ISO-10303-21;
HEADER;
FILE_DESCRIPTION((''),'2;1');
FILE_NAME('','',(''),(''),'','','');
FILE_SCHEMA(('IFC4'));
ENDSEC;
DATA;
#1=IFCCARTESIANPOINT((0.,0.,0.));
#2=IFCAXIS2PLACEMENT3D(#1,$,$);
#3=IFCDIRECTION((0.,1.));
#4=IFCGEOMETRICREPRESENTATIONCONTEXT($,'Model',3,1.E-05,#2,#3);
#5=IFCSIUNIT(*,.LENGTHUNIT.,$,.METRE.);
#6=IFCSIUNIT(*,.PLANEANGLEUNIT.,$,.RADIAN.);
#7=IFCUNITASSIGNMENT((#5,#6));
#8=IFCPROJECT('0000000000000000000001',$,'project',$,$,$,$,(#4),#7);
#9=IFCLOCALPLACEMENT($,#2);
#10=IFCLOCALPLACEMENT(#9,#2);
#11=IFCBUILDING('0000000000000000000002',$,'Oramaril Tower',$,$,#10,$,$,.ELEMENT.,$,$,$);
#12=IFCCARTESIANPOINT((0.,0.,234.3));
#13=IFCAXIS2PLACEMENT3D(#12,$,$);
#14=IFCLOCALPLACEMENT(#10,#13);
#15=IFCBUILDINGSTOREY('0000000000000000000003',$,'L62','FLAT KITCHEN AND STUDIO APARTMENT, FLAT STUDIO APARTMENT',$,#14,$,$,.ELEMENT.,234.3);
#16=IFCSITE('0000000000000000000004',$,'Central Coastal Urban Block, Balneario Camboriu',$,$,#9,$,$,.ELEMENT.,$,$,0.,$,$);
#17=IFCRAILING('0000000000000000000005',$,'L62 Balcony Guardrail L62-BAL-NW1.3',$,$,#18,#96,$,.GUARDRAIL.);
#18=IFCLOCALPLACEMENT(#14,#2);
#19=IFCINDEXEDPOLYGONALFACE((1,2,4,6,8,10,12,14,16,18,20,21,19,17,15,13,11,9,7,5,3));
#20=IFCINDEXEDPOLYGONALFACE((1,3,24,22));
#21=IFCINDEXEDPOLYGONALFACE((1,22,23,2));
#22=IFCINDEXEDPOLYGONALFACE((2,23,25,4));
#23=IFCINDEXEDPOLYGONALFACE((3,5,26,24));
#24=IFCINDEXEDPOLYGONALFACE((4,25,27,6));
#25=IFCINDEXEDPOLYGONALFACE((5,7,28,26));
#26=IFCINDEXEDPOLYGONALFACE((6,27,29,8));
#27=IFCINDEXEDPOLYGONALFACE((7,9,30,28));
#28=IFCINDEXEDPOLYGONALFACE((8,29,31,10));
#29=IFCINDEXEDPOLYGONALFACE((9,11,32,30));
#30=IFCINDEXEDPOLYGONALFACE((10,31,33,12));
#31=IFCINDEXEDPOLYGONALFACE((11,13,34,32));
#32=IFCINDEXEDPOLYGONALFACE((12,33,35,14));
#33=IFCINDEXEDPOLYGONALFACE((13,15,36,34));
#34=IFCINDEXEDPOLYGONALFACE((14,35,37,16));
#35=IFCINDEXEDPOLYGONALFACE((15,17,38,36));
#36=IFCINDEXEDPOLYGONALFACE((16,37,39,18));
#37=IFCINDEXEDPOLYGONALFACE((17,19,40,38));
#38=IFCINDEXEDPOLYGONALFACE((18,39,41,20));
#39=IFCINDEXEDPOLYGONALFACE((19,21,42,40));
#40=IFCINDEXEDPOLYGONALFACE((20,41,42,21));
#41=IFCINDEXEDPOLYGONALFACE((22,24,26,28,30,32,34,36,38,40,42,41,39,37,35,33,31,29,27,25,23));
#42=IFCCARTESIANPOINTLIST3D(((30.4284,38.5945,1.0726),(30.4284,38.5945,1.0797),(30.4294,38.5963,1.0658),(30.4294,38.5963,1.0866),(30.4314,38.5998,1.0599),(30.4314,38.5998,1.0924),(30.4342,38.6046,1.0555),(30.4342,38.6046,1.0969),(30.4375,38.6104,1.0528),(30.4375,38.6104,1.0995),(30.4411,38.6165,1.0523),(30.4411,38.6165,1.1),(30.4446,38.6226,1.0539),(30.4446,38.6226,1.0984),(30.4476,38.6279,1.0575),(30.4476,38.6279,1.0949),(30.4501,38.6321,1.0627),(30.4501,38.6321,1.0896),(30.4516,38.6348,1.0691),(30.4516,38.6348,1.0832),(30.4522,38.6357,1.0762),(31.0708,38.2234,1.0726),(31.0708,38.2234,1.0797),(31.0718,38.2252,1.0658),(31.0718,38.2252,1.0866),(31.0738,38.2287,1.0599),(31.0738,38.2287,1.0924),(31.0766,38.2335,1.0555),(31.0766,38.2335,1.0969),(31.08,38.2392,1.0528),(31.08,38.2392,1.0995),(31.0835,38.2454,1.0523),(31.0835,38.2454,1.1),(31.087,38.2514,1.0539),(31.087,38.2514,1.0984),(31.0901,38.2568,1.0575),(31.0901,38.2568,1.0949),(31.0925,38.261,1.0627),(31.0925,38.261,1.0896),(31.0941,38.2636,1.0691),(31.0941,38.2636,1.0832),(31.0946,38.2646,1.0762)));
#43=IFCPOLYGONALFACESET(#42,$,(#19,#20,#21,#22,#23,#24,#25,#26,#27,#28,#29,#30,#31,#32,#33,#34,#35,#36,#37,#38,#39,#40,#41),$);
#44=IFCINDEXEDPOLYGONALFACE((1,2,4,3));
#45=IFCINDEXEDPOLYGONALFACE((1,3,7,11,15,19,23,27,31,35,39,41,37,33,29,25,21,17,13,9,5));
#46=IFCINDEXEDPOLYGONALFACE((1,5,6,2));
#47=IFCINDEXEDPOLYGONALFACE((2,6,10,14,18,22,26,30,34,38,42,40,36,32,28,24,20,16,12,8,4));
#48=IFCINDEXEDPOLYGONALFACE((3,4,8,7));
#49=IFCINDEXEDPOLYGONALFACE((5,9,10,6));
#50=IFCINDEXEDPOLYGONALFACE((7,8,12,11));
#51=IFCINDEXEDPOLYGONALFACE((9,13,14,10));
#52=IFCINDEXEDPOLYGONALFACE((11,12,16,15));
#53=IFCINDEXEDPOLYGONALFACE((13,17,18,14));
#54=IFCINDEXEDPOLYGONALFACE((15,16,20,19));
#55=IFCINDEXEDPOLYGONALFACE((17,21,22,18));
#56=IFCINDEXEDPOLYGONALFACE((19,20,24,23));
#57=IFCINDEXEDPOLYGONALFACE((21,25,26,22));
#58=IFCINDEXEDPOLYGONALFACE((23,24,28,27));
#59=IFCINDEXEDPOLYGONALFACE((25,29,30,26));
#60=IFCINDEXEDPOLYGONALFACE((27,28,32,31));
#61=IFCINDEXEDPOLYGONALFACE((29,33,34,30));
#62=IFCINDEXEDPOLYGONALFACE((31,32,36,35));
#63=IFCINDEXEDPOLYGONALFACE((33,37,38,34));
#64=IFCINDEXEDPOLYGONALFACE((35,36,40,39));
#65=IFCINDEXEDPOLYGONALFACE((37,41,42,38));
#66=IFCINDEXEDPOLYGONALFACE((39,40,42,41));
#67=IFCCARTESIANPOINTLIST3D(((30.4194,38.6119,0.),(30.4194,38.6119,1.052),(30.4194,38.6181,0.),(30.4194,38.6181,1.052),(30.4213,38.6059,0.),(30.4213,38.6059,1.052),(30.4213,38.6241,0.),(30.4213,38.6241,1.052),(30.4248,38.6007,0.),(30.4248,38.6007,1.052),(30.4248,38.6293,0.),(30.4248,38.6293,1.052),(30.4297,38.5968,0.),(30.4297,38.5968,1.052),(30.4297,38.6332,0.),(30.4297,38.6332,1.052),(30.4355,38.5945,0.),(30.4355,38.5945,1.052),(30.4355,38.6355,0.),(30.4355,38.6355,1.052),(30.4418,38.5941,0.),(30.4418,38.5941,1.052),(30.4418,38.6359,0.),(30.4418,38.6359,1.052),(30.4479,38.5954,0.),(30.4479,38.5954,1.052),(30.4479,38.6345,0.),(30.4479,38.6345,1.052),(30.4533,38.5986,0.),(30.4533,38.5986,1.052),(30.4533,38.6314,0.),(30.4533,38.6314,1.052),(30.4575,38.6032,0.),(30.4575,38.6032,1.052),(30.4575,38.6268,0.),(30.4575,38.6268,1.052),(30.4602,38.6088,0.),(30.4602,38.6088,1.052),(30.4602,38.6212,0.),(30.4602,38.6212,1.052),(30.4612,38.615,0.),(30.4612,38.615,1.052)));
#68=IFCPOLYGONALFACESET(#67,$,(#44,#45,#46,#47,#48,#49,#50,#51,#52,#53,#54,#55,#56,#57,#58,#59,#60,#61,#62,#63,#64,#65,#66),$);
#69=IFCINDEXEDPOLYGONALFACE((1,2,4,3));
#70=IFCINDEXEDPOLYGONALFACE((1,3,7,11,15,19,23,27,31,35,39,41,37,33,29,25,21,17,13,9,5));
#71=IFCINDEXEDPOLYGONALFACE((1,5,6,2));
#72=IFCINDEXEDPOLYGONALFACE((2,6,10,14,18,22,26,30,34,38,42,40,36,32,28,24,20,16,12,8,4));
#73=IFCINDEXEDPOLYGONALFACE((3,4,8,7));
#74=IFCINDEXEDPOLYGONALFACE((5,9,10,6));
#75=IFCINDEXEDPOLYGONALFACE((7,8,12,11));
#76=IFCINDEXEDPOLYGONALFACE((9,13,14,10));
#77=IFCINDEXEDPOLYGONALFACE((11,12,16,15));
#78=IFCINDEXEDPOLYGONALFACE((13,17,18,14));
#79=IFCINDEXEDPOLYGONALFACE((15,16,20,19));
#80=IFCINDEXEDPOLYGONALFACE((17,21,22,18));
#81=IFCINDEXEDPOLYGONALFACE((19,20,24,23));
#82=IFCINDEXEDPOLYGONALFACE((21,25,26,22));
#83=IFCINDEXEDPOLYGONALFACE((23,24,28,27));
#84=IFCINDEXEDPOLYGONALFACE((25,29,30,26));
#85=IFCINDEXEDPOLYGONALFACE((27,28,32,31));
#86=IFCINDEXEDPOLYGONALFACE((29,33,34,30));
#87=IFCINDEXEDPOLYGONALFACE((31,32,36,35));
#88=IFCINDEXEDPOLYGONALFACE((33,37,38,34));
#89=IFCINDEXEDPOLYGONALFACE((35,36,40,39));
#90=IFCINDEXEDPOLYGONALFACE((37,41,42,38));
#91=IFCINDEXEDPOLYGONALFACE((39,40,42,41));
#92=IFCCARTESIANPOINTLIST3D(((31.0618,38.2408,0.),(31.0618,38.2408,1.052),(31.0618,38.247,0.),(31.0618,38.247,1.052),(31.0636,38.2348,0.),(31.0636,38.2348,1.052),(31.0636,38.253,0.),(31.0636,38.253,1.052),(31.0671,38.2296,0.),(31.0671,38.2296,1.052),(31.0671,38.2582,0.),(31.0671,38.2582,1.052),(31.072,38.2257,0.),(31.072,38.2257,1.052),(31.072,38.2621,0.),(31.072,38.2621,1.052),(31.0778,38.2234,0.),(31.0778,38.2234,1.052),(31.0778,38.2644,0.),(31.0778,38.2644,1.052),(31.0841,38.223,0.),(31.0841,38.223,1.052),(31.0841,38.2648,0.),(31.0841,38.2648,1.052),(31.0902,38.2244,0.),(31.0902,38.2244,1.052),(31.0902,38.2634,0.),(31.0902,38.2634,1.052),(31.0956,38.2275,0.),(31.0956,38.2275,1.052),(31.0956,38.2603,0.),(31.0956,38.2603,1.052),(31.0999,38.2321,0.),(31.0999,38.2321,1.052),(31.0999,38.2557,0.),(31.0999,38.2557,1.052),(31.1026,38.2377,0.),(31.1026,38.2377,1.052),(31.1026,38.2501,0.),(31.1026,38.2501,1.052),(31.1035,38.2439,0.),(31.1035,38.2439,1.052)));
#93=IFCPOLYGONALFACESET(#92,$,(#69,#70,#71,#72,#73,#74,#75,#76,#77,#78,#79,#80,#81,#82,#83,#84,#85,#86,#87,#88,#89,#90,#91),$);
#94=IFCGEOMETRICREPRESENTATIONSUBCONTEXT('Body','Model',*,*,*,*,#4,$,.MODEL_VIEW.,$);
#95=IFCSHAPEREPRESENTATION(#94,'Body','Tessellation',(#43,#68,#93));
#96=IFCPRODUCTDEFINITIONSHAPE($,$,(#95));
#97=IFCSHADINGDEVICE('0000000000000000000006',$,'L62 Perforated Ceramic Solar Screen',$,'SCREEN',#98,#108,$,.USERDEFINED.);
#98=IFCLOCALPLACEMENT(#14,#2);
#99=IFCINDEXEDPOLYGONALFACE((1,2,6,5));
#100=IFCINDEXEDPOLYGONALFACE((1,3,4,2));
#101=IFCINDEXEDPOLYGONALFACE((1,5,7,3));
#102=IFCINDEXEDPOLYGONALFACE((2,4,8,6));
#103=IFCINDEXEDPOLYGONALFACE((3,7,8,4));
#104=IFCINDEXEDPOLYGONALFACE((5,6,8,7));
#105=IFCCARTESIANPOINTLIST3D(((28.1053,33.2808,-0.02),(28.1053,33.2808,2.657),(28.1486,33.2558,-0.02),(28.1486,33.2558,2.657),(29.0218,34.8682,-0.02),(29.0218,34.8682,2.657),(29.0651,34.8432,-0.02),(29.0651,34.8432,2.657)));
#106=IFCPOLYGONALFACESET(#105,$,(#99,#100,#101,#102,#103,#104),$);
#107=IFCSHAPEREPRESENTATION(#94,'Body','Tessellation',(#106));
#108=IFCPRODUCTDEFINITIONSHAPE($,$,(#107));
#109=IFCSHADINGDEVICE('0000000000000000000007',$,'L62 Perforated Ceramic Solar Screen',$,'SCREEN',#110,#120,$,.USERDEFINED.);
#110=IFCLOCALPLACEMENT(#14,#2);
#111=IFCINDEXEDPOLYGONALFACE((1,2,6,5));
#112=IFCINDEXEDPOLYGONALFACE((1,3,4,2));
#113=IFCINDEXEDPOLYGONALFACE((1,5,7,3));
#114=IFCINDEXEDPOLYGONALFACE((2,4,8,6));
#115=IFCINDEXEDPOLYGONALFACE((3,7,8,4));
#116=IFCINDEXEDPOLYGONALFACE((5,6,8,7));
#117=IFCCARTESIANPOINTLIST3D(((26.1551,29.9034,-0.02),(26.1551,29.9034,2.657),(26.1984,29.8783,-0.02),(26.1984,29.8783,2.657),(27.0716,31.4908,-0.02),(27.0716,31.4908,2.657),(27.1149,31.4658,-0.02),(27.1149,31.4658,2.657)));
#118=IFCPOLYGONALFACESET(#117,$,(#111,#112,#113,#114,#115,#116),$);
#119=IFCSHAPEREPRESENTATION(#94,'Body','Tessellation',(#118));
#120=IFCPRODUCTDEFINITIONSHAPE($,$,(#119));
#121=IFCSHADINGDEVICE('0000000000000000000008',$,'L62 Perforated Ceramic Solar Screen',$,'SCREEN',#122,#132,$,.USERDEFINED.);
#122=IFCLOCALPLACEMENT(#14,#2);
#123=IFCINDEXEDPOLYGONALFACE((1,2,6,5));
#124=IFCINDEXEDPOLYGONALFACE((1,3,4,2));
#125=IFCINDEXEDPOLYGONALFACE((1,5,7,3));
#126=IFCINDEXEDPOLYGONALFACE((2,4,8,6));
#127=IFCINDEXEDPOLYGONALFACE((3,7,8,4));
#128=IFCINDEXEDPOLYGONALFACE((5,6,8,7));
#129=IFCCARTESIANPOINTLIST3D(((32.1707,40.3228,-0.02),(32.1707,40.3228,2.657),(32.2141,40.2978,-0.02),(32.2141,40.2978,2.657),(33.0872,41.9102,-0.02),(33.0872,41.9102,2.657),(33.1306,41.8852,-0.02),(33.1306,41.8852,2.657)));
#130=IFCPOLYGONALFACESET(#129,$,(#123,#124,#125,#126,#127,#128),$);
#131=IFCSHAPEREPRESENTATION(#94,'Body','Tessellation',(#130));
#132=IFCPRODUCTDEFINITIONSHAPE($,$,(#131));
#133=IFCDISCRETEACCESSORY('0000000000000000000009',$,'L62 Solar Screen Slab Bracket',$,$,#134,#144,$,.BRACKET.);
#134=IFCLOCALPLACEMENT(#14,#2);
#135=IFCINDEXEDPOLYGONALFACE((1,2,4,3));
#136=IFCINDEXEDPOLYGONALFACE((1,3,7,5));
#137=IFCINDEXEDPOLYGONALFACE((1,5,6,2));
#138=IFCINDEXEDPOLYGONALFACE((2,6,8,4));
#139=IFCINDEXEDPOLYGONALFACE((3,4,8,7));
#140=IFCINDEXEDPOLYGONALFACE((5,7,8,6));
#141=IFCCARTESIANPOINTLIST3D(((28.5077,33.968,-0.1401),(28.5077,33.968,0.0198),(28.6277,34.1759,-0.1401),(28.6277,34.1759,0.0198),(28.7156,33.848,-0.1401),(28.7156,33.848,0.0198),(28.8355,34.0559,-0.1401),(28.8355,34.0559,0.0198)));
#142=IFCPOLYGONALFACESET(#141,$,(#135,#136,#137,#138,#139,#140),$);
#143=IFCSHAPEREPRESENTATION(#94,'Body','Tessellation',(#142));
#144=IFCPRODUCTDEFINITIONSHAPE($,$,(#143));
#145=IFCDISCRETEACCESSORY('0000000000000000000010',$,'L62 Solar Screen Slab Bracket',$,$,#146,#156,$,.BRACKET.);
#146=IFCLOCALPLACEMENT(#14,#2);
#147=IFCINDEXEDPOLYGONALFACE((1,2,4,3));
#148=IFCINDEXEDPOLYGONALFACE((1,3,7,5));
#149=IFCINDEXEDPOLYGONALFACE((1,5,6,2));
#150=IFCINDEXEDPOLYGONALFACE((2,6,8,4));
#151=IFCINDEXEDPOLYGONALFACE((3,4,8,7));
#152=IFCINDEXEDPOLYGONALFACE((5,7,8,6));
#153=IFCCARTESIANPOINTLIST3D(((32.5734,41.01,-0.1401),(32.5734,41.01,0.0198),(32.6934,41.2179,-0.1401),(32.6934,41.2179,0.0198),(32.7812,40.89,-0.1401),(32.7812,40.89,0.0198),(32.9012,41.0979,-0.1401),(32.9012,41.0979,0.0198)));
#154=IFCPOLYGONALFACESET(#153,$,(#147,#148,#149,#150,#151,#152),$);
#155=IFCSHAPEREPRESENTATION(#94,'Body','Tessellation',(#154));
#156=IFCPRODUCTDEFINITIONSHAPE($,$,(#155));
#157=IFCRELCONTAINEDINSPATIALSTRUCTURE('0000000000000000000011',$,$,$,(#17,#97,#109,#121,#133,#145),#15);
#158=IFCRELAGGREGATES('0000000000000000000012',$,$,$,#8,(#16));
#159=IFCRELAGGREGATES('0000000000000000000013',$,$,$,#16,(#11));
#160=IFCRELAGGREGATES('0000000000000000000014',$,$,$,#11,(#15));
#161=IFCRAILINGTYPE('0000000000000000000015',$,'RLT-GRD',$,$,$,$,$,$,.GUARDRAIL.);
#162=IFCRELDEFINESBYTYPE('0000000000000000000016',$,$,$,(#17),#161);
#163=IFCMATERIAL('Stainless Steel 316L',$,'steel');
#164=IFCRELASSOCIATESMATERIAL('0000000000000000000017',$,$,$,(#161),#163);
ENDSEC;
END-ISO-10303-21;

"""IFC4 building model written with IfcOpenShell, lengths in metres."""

from ifc_helpers import new_model, si_unit, direction, frame, origin, origin_2d, place, context, subcontext, project, spatial, rectangle, circle, extrude, material, type_object, element, save


model = new_model("IFC4")

# Units and contexts
model_context = context("Model", 3, precision=1e-05, world=origin(), true_north=direction((0.0, 1.0)))
body_context = subcontext(model_context, "Body", "Model", "MODEL_VIEW")
ifc_project = project(units=[si_unit("LENGTHUNIT", "METRE"), si_unit("PLANEANGLEUNIT", "RADIAN")], contexts=[model_context])

# Site, building, storey
site_placement = place(None, origin())
site = spatial("IfcSite", under=ifc_project, at=site_placement, Name="Central Coastal Urban Block, Balneario Camboriu", CompositionType="ELEMENT", RefElevation=0.0)
building_placement = place(site_placement, origin())
building = spatial("IfcBuilding", under=site, at=building_placement, Name="Oramaril Tower", CompositionType="ELEMENT")
storey_placement = place(building_placement, frame((0.0, 0.0, 234.3)))
storey = spatial("IfcBuildingStorey", under=building, at=storey_placement, Name="L62", Description="FLAT KITCHEN AND STUDIO APARTMENT, FLAT STUDIO APARTMENT", CompositionType="ELEMENT", Elevation=234.3)

# Railing
ifc_material_1 = material(Name="Stainless Steel 316L", Category="steel")
railing_type = type_object("IfcRailingType", Name="RLT-GRD", PredefinedType="GUARDRAIL", material=ifc_material_1)
railing_1_placement = place(storey_placement, frame((30.4402, 38.615, 0.0)))
element("IfcRailing", 1, at=railing_1_placement, inside=storey, type_object=railing_type, Name="L62 Balcony Guardrail L62-BAL-NW1.3", PredefinedType="GUARDRAIL", context=body_context, shape_type="SweptSolid", body=[
    extrude(circle(Radius=0.0239, at=origin_2d()), frame((0.0, 0.0, 1.0762), z_axis=(0.865884, -0.500245, 0.0), x_axis=(0.500245, 0.865884, 0.0)), (0.0, 0.0, 1.0), 0.7419),
    extrude(circle(Radius=0.021, at=origin_2d()), origin(), (0.0, 0.0, 1.0), 1.052),
    extrude(circle(Radius=0.021, at=origin_2d()), frame((0.6423, -0.3711, 0.0)), (0.0, 0.0, 1.0), 1.052),
])

# Shading devices
for number, where, z_axis, x_axis, name in (
    (2, (28.5852, 34.062, -0.02), (0.0, 0.0, 1.0), (-0.499998, -0.866026, 0.0), "L62 Perforated Ceramic Solar Screen"),
    (3, (26.635, 30.6846, -0.02), (0.0, 0.0, 1.0), (-0.499998, -0.866026, 0.0), "L62 Perforated Ceramic Solar Screen"),
    (4, (32.6506, 41.104, -0.02), (0.0, 0.0, 1.0), (-0.499998, -0.866026, 0.0), "L62 Perforated Ceramic Solar Screen"),
):
    element("IfcShadingDevice", number, at=place(storey_placement, frame(where, z_axis=z_axis, x_axis=x_axis)), inside=storey, Name=name, ObjectType="SCREEN", PredefinedType="USERDEFINED", context=body_context, shape_type="SweptSolid", body=[
        extrude(rectangle(XDim=1.833, YDim=0.05, at=origin_2d()), origin(), (0.0, 0.0, 1.0), 2.677),
    ])

# Discrete accessories
for number, where, z_axis, x_axis, name in (
    (5, (28.6716, 34.012, -0.1401), (0.0, 0.0, 1.0), (-0.499998, -0.866026, 0.0), "L62 Solar Screen Slab Bracket"),
    (6, (32.7373, 41.054, -0.1401), (0.0, 0.0, 1.0), (-0.499998, -0.866026, 0.0), "L62 Solar Screen Slab Bracket"),
):
    element("IfcDiscreteAccessory", number, at=place(storey_placement, frame(where, z_axis=z_axis, x_axis=x_axis)), inside=storey, Name=name, PredefinedType="BRACKET", context=body_context, shape_type="SweptSolid", body=[
        extrude(rectangle(XDim=0.24, YDim=0.24, at=origin_2d()), origin(), (0.0, 0.0, 1.0), 0.1599),
    ])

save(model, "model.ifc")
